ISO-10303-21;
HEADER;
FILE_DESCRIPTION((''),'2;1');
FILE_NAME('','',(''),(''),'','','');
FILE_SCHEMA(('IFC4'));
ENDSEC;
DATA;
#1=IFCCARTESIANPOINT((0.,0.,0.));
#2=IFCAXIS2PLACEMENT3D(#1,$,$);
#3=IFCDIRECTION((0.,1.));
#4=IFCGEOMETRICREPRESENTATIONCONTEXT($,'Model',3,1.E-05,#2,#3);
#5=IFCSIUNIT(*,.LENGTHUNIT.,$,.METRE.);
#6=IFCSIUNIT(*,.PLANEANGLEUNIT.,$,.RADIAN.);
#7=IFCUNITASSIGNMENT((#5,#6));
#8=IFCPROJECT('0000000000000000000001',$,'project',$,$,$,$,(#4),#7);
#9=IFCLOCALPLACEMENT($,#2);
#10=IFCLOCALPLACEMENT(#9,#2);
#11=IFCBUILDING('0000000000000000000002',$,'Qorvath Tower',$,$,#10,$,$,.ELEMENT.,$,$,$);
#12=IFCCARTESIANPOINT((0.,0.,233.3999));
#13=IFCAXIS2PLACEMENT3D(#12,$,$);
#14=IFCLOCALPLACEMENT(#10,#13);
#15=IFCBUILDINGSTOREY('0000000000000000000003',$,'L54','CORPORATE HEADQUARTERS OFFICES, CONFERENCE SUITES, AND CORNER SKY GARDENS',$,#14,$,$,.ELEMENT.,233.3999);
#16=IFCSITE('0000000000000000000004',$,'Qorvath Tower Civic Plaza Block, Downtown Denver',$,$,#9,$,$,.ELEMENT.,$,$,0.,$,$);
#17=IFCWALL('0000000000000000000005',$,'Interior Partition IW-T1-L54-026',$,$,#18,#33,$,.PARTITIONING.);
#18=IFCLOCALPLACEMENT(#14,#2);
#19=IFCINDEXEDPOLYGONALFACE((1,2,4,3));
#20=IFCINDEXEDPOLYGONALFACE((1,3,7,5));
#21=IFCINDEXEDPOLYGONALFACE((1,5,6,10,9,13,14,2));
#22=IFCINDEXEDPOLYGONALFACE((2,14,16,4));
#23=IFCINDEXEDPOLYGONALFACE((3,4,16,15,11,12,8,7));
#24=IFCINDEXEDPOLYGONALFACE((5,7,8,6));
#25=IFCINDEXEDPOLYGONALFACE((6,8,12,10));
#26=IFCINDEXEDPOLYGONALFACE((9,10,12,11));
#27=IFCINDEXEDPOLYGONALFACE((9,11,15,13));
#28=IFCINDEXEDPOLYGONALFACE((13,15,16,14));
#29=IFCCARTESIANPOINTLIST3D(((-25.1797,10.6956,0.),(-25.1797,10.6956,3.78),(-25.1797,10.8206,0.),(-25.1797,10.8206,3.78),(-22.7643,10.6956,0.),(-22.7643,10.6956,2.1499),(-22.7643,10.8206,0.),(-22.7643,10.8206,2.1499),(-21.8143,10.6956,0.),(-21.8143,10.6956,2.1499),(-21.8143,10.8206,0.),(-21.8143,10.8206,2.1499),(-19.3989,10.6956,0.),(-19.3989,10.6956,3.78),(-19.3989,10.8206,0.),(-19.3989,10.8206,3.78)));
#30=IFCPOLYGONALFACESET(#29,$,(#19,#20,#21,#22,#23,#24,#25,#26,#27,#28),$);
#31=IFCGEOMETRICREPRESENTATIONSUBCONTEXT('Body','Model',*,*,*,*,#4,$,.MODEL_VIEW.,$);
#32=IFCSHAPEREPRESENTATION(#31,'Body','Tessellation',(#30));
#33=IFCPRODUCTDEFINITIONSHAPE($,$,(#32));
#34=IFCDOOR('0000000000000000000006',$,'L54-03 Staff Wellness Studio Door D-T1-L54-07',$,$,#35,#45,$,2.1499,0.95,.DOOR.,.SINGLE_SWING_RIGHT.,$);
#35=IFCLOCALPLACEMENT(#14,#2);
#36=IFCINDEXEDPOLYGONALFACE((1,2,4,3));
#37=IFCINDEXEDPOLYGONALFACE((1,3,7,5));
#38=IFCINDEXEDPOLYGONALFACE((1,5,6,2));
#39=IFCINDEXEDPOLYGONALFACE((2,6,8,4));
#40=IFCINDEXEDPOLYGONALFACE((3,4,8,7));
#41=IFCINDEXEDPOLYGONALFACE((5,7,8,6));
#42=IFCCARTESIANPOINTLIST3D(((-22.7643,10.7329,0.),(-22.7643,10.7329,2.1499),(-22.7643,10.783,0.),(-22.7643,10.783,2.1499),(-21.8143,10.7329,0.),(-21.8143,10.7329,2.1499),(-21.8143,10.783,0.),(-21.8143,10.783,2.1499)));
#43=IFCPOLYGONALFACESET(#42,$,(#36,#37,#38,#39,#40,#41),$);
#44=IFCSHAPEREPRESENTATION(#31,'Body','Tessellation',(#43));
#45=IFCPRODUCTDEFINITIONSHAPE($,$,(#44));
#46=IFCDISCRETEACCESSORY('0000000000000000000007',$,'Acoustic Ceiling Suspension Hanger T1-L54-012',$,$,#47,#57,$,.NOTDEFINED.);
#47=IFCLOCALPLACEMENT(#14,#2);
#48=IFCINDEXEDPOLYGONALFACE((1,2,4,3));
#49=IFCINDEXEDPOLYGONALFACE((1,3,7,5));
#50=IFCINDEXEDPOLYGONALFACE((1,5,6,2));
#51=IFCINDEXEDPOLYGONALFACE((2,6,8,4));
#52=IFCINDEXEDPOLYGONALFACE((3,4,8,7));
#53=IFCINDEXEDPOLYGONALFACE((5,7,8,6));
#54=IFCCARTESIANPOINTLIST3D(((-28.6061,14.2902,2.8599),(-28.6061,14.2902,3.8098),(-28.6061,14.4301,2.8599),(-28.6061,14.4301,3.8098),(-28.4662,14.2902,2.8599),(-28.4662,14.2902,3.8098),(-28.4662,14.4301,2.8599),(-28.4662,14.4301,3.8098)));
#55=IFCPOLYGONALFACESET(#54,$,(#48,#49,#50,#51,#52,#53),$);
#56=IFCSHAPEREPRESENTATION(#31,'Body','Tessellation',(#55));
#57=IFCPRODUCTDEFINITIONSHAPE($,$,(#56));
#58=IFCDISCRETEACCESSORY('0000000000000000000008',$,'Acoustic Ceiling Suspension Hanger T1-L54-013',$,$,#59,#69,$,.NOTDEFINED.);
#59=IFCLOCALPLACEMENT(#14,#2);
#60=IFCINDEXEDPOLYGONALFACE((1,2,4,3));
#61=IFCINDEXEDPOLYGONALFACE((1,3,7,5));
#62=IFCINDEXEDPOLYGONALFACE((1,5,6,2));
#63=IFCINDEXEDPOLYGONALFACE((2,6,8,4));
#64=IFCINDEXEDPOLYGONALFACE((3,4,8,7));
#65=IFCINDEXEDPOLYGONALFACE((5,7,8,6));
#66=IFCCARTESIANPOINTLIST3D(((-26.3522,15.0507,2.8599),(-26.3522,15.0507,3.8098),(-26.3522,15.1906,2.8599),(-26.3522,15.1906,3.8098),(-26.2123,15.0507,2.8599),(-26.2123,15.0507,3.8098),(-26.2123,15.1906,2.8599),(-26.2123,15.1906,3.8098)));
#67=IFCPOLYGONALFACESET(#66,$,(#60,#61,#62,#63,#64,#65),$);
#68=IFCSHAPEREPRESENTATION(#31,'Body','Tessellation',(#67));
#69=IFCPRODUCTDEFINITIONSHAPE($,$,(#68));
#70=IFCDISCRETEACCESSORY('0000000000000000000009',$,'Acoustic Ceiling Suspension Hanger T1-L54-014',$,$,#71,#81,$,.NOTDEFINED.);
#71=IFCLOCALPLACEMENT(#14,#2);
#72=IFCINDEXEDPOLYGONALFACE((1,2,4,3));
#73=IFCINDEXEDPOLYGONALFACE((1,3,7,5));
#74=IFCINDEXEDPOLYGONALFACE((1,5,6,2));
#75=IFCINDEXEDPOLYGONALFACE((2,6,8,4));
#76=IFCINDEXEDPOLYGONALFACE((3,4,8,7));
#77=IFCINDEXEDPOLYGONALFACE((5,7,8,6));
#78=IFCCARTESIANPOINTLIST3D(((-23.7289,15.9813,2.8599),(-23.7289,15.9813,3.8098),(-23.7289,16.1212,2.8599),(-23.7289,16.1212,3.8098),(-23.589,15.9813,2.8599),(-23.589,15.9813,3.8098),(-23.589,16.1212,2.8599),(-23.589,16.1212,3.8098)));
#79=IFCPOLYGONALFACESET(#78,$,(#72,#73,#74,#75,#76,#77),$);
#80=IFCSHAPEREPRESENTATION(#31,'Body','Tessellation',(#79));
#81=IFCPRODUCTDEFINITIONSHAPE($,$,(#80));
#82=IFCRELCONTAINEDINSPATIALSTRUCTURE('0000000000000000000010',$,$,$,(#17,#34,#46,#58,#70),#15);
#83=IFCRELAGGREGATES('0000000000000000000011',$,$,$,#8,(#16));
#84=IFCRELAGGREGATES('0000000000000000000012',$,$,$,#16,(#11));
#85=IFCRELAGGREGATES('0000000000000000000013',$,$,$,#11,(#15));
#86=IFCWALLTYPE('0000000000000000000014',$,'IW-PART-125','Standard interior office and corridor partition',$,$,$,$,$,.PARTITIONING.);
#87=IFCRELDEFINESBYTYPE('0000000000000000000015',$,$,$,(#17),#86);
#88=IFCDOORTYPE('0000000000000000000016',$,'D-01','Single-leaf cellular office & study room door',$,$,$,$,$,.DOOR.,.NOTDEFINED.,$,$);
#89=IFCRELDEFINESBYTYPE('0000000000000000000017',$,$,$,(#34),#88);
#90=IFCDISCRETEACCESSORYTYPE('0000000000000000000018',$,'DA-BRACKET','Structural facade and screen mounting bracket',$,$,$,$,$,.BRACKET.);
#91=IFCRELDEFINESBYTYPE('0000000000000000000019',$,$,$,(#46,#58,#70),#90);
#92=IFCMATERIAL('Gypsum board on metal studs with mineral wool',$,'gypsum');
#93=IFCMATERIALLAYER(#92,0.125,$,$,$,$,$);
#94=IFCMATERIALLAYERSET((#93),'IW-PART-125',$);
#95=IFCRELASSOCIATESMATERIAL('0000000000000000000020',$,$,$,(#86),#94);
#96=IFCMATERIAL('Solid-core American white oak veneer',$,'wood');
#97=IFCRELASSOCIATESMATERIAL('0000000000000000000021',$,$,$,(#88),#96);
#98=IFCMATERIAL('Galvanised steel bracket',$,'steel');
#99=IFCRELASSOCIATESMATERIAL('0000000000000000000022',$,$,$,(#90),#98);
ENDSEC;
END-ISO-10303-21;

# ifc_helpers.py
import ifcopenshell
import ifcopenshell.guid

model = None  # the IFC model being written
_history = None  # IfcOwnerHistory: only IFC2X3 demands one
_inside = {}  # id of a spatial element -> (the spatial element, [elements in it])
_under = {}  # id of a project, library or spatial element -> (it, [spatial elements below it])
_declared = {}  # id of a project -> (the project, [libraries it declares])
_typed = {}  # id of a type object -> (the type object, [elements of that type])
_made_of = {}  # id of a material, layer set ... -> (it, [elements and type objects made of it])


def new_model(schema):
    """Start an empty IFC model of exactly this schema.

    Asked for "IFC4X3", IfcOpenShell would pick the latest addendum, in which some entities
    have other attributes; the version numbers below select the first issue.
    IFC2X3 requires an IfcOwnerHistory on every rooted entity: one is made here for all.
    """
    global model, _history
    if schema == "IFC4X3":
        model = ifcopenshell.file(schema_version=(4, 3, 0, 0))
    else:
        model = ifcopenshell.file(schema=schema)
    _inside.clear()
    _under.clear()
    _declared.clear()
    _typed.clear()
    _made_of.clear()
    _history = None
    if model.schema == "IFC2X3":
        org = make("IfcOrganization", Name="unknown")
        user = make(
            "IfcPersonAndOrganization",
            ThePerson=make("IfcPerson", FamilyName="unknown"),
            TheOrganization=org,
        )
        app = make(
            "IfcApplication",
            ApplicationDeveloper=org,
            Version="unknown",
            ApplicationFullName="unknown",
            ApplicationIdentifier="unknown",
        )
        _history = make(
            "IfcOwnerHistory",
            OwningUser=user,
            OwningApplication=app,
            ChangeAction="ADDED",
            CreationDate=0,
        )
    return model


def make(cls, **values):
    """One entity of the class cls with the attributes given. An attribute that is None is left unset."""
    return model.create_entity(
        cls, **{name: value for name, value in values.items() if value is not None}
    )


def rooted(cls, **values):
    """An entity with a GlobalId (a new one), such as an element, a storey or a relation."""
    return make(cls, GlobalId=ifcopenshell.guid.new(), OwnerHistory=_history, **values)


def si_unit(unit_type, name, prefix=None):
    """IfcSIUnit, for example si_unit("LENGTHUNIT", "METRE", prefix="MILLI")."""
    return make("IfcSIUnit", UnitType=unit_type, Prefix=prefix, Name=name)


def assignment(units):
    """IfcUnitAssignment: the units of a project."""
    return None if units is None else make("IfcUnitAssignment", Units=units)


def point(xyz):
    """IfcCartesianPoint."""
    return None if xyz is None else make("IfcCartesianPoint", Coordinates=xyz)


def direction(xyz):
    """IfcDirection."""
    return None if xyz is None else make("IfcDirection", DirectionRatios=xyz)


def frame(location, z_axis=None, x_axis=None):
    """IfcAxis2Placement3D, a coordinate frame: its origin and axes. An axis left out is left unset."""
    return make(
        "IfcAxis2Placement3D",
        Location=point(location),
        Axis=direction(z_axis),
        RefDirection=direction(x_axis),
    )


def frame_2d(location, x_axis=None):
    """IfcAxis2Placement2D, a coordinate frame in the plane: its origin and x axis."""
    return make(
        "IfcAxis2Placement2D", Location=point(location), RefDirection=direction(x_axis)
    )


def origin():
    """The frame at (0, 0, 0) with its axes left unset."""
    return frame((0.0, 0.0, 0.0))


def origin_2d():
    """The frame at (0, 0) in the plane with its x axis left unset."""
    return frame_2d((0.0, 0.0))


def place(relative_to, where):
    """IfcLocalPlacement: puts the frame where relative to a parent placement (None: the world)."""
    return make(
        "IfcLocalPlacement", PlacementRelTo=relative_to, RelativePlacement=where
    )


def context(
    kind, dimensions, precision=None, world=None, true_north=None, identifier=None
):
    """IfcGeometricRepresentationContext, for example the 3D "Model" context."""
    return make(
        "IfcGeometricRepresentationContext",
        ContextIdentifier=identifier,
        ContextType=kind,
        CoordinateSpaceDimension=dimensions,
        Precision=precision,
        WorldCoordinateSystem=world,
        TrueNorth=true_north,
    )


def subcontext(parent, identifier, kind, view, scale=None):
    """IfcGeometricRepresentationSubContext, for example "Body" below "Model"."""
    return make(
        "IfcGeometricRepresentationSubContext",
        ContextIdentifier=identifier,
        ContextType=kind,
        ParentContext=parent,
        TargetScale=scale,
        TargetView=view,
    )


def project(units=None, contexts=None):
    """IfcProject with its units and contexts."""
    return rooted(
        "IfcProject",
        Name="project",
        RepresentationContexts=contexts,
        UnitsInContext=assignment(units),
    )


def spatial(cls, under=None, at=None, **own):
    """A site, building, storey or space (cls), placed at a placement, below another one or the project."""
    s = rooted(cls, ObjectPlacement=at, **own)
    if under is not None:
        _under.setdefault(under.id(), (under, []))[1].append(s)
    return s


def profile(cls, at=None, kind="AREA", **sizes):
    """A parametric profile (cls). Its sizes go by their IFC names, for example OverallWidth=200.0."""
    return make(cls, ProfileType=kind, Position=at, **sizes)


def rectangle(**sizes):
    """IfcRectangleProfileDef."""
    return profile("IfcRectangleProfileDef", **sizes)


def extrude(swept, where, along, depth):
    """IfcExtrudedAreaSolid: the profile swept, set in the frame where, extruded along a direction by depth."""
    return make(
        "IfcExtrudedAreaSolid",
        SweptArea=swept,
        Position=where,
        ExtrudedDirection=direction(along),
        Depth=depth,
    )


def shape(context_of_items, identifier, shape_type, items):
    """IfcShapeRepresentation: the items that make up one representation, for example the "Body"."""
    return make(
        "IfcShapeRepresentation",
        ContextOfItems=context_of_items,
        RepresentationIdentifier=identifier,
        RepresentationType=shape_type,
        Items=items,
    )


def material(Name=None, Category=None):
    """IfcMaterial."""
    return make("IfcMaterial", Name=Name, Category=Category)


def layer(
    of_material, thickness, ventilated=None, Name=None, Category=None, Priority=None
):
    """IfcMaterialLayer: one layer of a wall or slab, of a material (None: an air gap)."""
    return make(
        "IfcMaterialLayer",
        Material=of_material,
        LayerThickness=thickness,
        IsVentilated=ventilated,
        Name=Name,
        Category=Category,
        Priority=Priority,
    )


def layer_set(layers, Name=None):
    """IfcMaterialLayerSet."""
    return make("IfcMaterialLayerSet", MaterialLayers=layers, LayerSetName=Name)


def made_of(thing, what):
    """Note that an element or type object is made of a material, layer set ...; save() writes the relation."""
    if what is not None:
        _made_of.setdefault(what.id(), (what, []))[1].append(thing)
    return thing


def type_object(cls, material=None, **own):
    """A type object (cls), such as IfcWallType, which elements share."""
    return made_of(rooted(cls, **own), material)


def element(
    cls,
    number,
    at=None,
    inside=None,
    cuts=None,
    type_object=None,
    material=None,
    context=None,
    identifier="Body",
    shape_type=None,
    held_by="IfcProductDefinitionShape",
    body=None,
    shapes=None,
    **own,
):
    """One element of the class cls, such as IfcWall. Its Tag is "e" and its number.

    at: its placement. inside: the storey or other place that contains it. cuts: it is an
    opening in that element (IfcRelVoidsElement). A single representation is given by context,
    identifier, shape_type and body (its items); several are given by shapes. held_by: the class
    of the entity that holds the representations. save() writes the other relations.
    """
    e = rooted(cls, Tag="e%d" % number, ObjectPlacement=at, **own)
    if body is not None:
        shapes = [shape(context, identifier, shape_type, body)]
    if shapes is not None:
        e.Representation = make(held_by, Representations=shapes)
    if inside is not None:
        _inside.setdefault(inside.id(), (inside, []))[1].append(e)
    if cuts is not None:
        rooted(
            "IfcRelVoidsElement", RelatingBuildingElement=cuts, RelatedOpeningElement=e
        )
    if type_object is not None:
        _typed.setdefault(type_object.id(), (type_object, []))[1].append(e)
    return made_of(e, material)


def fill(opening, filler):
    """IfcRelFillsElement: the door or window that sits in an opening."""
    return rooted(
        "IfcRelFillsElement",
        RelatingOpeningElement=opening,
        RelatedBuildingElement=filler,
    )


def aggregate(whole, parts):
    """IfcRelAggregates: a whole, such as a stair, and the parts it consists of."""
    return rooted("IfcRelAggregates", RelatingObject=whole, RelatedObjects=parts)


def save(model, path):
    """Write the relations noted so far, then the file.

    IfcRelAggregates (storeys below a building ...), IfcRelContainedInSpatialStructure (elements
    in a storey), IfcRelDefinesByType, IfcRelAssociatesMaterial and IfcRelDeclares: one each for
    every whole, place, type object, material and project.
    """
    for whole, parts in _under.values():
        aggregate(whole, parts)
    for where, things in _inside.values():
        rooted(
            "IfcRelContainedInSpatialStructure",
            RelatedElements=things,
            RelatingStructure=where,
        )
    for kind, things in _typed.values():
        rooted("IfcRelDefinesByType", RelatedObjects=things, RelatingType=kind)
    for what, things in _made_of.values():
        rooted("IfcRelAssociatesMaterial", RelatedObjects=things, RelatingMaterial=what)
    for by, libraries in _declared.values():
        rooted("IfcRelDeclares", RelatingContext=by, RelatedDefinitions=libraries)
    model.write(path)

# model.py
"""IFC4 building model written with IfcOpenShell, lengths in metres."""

from ifc_helpers import new_model, si_unit, direction, frame, frame_2d, origin, origin_2d, place, context, subcontext, project, spatial, rectangle, extrude, material, layer, layer_set, type_object, element, fill, save


model = new_model("IFC4")

# Units and contexts
model_context = context("Model", 3, precision=1e-05, world=origin(), true_north=direction((0.0, 1.0)))
body_context = subcontext(model_context, "Body", "Model", "MODEL_VIEW")
ifc_project = project(units=[si_unit("LENGTHUNIT", "METRE"), si_unit("PLANEANGLEUNIT", "RADIAN")], contexts=[model_context])

# Site, building, storey
site_placement = place(None, origin())
site = spatial("IfcSite", under=ifc_project, at=site_placement, Name="Qorvath Tower Civic Plaza Block, Downtown Denver", CompositionType="ELEMENT", RefElevation=0.0)
building_placement = place(site_placement, origin())
building = spatial("IfcBuilding", under=site, at=building_placement, Name="Qorvath Tower", CompositionType="ELEMENT")
storey_placement = place(building_placement, frame((0.0, 0.0, 233.3999)))
storey = spatial("IfcBuildingStorey", under=building, at=storey_placement, Name="L54", Description="CORPORATE HEADQUARTERS OFFICES, CONFERENCE SUITES, AND CORNER SKY GARDENS", CompositionType="ELEMENT", Elevation=233.3999)

# Shared definitions
ifc_material_1 = material(Name="Gypsum board on metal studs with mineral wool", Category="gypsum")
ifc_layer_1 = layer(ifc_material_1, 0.125)
ifc_layer_set_1 = layer_set([ifc_layer_1], Name="IW-PART-125")
wall_type_1 = type_object("IfcWallType", Name="IW-PART-125", Description="Standard interior office and corridor partition", PredefinedType="PARTITIONING", material=ifc_layer_set_1)
ifc_material_2 = material(Name="Solid-core American white oak veneer", Category="wood")
door_type = type_object("IfcDoorType", Name="D-01", Description="Single-leaf cellular office & study room door", OperationType="NOTDEFINED", PredefinedType="DOOR", material=ifc_material_2)

# Wall, opening, door
wall_1_placement = place(storey_placement, frame((-25.1797, 10.7581, 0.0), z_axis=(0.0, 0.0, 1.0), x_axis=(1.0, 0.0, 0.0)))
wall_1 = element("IfcWall", 1, at=wall_1_placement, inside=storey, type_object=wall_type_1, Name="Interior Partition IW-T1-L54-026", PredefinedType="PARTITIONING", context=body_context, shape_type="SweptSolid", body=[
    extrude(rectangle(XDim=5.7808, YDim=0.125, at=frame_2d((2.8904, 0.0))), origin(), (0.0, 0.0, 1.0), 3.78),
])
opening_1_placement = place(wall_1_placement, frame((2.4153, 0.0, 0.0)))
opening_1 = element("IfcOpeningElement", 2, at=opening_1_placement, cuts=wall_1, PredefinedType="OPENING", context=body_context, shape_type="SweptSolid", body=[
    extrude(rectangle(XDim=0.95, YDim=2.1499, at=frame_2d((0.4751, 1.075))), frame((0.0, 0.0725, 0.0), z_axis=(0.0, -1.0, 0.0), x_axis=(1.0, 0.0, 0.0)), (0.0, 0.0, 1.0), 0.145),
])
door_1_placement = place(opening_1_placement, origin())
door_1 = element("IfcDoor", 3, at=door_1_placement, inside=storey, type_object=door_type, Name="L54-03 Staff Wellness Studio Door D-T1-L54-07", OperationType="SINGLE_SWING_RIGHT", OverallHeight=2.1499, OverallWidth=0.95, PredefinedType="DOOR", context=body_context, shape_type="SweptSolid", body=[
    extrude(rectangle(XDim=0.95, YDim=2.1499, at=frame_2d((0.4751, 1.075))), frame((0.0, 0.0249, 0.0), z_axis=(0.0, -1.0, 0.0), x_axis=(1.0, 0.0, 0.0)), (0.0, 0.0, 1.0), 0.05),
])
fill(opening_1, door_1)

# Discrete accessories
ifc_material_3 = material(Name="Galvanised steel bracket", Category="steel")
discrete_accessory_type = type_object("IfcDiscreteAccessoryType", Name="DA-BRACKET", Description="Structural facade and screen mounting bracket", PredefinedType="BRACKET", material=ifc_material_3)
for number, where, z_axis, x_axis, name in (
    (4, (-28.5361, 14.3601, 2.8599), (0.0, 0.0, 1.0), (1.0, 0.0, 0.0), "Acoustic Ceiling Suspension Hanger T1-L54-012"),
    (5, (-26.2822, 15.1206, 2.8599), (0.0, 0.0, 1.0), (1.0, 0.0, 0.0), "Acoustic Ceiling Suspension Hanger T1-L54-013"),
    (6, (-23.6589, 16.0513, 2.8599), (0.0, 0.0, 1.0), (1.0, 0.0, 0.0), "Acoustic Ceiling Suspension Hanger T1-L54-014"),
):
    element("IfcDiscreteAccessory", number, at=place(storey_placement, frame(where, z_axis=z_axis, x_axis=x_axis)), inside=storey, type_object=discrete_accessory_type, Name=name, PredefinedType="NOTDEFINED", context=body_context, shape_type="SweptSolid", body=[
        extrude(rectangle(XDim=0.1399, YDim=0.1399, at=origin_2d()), origin(), (0.0, 0.0, 1.0), 0.95),
    ])

save(model, "model.ifc")
